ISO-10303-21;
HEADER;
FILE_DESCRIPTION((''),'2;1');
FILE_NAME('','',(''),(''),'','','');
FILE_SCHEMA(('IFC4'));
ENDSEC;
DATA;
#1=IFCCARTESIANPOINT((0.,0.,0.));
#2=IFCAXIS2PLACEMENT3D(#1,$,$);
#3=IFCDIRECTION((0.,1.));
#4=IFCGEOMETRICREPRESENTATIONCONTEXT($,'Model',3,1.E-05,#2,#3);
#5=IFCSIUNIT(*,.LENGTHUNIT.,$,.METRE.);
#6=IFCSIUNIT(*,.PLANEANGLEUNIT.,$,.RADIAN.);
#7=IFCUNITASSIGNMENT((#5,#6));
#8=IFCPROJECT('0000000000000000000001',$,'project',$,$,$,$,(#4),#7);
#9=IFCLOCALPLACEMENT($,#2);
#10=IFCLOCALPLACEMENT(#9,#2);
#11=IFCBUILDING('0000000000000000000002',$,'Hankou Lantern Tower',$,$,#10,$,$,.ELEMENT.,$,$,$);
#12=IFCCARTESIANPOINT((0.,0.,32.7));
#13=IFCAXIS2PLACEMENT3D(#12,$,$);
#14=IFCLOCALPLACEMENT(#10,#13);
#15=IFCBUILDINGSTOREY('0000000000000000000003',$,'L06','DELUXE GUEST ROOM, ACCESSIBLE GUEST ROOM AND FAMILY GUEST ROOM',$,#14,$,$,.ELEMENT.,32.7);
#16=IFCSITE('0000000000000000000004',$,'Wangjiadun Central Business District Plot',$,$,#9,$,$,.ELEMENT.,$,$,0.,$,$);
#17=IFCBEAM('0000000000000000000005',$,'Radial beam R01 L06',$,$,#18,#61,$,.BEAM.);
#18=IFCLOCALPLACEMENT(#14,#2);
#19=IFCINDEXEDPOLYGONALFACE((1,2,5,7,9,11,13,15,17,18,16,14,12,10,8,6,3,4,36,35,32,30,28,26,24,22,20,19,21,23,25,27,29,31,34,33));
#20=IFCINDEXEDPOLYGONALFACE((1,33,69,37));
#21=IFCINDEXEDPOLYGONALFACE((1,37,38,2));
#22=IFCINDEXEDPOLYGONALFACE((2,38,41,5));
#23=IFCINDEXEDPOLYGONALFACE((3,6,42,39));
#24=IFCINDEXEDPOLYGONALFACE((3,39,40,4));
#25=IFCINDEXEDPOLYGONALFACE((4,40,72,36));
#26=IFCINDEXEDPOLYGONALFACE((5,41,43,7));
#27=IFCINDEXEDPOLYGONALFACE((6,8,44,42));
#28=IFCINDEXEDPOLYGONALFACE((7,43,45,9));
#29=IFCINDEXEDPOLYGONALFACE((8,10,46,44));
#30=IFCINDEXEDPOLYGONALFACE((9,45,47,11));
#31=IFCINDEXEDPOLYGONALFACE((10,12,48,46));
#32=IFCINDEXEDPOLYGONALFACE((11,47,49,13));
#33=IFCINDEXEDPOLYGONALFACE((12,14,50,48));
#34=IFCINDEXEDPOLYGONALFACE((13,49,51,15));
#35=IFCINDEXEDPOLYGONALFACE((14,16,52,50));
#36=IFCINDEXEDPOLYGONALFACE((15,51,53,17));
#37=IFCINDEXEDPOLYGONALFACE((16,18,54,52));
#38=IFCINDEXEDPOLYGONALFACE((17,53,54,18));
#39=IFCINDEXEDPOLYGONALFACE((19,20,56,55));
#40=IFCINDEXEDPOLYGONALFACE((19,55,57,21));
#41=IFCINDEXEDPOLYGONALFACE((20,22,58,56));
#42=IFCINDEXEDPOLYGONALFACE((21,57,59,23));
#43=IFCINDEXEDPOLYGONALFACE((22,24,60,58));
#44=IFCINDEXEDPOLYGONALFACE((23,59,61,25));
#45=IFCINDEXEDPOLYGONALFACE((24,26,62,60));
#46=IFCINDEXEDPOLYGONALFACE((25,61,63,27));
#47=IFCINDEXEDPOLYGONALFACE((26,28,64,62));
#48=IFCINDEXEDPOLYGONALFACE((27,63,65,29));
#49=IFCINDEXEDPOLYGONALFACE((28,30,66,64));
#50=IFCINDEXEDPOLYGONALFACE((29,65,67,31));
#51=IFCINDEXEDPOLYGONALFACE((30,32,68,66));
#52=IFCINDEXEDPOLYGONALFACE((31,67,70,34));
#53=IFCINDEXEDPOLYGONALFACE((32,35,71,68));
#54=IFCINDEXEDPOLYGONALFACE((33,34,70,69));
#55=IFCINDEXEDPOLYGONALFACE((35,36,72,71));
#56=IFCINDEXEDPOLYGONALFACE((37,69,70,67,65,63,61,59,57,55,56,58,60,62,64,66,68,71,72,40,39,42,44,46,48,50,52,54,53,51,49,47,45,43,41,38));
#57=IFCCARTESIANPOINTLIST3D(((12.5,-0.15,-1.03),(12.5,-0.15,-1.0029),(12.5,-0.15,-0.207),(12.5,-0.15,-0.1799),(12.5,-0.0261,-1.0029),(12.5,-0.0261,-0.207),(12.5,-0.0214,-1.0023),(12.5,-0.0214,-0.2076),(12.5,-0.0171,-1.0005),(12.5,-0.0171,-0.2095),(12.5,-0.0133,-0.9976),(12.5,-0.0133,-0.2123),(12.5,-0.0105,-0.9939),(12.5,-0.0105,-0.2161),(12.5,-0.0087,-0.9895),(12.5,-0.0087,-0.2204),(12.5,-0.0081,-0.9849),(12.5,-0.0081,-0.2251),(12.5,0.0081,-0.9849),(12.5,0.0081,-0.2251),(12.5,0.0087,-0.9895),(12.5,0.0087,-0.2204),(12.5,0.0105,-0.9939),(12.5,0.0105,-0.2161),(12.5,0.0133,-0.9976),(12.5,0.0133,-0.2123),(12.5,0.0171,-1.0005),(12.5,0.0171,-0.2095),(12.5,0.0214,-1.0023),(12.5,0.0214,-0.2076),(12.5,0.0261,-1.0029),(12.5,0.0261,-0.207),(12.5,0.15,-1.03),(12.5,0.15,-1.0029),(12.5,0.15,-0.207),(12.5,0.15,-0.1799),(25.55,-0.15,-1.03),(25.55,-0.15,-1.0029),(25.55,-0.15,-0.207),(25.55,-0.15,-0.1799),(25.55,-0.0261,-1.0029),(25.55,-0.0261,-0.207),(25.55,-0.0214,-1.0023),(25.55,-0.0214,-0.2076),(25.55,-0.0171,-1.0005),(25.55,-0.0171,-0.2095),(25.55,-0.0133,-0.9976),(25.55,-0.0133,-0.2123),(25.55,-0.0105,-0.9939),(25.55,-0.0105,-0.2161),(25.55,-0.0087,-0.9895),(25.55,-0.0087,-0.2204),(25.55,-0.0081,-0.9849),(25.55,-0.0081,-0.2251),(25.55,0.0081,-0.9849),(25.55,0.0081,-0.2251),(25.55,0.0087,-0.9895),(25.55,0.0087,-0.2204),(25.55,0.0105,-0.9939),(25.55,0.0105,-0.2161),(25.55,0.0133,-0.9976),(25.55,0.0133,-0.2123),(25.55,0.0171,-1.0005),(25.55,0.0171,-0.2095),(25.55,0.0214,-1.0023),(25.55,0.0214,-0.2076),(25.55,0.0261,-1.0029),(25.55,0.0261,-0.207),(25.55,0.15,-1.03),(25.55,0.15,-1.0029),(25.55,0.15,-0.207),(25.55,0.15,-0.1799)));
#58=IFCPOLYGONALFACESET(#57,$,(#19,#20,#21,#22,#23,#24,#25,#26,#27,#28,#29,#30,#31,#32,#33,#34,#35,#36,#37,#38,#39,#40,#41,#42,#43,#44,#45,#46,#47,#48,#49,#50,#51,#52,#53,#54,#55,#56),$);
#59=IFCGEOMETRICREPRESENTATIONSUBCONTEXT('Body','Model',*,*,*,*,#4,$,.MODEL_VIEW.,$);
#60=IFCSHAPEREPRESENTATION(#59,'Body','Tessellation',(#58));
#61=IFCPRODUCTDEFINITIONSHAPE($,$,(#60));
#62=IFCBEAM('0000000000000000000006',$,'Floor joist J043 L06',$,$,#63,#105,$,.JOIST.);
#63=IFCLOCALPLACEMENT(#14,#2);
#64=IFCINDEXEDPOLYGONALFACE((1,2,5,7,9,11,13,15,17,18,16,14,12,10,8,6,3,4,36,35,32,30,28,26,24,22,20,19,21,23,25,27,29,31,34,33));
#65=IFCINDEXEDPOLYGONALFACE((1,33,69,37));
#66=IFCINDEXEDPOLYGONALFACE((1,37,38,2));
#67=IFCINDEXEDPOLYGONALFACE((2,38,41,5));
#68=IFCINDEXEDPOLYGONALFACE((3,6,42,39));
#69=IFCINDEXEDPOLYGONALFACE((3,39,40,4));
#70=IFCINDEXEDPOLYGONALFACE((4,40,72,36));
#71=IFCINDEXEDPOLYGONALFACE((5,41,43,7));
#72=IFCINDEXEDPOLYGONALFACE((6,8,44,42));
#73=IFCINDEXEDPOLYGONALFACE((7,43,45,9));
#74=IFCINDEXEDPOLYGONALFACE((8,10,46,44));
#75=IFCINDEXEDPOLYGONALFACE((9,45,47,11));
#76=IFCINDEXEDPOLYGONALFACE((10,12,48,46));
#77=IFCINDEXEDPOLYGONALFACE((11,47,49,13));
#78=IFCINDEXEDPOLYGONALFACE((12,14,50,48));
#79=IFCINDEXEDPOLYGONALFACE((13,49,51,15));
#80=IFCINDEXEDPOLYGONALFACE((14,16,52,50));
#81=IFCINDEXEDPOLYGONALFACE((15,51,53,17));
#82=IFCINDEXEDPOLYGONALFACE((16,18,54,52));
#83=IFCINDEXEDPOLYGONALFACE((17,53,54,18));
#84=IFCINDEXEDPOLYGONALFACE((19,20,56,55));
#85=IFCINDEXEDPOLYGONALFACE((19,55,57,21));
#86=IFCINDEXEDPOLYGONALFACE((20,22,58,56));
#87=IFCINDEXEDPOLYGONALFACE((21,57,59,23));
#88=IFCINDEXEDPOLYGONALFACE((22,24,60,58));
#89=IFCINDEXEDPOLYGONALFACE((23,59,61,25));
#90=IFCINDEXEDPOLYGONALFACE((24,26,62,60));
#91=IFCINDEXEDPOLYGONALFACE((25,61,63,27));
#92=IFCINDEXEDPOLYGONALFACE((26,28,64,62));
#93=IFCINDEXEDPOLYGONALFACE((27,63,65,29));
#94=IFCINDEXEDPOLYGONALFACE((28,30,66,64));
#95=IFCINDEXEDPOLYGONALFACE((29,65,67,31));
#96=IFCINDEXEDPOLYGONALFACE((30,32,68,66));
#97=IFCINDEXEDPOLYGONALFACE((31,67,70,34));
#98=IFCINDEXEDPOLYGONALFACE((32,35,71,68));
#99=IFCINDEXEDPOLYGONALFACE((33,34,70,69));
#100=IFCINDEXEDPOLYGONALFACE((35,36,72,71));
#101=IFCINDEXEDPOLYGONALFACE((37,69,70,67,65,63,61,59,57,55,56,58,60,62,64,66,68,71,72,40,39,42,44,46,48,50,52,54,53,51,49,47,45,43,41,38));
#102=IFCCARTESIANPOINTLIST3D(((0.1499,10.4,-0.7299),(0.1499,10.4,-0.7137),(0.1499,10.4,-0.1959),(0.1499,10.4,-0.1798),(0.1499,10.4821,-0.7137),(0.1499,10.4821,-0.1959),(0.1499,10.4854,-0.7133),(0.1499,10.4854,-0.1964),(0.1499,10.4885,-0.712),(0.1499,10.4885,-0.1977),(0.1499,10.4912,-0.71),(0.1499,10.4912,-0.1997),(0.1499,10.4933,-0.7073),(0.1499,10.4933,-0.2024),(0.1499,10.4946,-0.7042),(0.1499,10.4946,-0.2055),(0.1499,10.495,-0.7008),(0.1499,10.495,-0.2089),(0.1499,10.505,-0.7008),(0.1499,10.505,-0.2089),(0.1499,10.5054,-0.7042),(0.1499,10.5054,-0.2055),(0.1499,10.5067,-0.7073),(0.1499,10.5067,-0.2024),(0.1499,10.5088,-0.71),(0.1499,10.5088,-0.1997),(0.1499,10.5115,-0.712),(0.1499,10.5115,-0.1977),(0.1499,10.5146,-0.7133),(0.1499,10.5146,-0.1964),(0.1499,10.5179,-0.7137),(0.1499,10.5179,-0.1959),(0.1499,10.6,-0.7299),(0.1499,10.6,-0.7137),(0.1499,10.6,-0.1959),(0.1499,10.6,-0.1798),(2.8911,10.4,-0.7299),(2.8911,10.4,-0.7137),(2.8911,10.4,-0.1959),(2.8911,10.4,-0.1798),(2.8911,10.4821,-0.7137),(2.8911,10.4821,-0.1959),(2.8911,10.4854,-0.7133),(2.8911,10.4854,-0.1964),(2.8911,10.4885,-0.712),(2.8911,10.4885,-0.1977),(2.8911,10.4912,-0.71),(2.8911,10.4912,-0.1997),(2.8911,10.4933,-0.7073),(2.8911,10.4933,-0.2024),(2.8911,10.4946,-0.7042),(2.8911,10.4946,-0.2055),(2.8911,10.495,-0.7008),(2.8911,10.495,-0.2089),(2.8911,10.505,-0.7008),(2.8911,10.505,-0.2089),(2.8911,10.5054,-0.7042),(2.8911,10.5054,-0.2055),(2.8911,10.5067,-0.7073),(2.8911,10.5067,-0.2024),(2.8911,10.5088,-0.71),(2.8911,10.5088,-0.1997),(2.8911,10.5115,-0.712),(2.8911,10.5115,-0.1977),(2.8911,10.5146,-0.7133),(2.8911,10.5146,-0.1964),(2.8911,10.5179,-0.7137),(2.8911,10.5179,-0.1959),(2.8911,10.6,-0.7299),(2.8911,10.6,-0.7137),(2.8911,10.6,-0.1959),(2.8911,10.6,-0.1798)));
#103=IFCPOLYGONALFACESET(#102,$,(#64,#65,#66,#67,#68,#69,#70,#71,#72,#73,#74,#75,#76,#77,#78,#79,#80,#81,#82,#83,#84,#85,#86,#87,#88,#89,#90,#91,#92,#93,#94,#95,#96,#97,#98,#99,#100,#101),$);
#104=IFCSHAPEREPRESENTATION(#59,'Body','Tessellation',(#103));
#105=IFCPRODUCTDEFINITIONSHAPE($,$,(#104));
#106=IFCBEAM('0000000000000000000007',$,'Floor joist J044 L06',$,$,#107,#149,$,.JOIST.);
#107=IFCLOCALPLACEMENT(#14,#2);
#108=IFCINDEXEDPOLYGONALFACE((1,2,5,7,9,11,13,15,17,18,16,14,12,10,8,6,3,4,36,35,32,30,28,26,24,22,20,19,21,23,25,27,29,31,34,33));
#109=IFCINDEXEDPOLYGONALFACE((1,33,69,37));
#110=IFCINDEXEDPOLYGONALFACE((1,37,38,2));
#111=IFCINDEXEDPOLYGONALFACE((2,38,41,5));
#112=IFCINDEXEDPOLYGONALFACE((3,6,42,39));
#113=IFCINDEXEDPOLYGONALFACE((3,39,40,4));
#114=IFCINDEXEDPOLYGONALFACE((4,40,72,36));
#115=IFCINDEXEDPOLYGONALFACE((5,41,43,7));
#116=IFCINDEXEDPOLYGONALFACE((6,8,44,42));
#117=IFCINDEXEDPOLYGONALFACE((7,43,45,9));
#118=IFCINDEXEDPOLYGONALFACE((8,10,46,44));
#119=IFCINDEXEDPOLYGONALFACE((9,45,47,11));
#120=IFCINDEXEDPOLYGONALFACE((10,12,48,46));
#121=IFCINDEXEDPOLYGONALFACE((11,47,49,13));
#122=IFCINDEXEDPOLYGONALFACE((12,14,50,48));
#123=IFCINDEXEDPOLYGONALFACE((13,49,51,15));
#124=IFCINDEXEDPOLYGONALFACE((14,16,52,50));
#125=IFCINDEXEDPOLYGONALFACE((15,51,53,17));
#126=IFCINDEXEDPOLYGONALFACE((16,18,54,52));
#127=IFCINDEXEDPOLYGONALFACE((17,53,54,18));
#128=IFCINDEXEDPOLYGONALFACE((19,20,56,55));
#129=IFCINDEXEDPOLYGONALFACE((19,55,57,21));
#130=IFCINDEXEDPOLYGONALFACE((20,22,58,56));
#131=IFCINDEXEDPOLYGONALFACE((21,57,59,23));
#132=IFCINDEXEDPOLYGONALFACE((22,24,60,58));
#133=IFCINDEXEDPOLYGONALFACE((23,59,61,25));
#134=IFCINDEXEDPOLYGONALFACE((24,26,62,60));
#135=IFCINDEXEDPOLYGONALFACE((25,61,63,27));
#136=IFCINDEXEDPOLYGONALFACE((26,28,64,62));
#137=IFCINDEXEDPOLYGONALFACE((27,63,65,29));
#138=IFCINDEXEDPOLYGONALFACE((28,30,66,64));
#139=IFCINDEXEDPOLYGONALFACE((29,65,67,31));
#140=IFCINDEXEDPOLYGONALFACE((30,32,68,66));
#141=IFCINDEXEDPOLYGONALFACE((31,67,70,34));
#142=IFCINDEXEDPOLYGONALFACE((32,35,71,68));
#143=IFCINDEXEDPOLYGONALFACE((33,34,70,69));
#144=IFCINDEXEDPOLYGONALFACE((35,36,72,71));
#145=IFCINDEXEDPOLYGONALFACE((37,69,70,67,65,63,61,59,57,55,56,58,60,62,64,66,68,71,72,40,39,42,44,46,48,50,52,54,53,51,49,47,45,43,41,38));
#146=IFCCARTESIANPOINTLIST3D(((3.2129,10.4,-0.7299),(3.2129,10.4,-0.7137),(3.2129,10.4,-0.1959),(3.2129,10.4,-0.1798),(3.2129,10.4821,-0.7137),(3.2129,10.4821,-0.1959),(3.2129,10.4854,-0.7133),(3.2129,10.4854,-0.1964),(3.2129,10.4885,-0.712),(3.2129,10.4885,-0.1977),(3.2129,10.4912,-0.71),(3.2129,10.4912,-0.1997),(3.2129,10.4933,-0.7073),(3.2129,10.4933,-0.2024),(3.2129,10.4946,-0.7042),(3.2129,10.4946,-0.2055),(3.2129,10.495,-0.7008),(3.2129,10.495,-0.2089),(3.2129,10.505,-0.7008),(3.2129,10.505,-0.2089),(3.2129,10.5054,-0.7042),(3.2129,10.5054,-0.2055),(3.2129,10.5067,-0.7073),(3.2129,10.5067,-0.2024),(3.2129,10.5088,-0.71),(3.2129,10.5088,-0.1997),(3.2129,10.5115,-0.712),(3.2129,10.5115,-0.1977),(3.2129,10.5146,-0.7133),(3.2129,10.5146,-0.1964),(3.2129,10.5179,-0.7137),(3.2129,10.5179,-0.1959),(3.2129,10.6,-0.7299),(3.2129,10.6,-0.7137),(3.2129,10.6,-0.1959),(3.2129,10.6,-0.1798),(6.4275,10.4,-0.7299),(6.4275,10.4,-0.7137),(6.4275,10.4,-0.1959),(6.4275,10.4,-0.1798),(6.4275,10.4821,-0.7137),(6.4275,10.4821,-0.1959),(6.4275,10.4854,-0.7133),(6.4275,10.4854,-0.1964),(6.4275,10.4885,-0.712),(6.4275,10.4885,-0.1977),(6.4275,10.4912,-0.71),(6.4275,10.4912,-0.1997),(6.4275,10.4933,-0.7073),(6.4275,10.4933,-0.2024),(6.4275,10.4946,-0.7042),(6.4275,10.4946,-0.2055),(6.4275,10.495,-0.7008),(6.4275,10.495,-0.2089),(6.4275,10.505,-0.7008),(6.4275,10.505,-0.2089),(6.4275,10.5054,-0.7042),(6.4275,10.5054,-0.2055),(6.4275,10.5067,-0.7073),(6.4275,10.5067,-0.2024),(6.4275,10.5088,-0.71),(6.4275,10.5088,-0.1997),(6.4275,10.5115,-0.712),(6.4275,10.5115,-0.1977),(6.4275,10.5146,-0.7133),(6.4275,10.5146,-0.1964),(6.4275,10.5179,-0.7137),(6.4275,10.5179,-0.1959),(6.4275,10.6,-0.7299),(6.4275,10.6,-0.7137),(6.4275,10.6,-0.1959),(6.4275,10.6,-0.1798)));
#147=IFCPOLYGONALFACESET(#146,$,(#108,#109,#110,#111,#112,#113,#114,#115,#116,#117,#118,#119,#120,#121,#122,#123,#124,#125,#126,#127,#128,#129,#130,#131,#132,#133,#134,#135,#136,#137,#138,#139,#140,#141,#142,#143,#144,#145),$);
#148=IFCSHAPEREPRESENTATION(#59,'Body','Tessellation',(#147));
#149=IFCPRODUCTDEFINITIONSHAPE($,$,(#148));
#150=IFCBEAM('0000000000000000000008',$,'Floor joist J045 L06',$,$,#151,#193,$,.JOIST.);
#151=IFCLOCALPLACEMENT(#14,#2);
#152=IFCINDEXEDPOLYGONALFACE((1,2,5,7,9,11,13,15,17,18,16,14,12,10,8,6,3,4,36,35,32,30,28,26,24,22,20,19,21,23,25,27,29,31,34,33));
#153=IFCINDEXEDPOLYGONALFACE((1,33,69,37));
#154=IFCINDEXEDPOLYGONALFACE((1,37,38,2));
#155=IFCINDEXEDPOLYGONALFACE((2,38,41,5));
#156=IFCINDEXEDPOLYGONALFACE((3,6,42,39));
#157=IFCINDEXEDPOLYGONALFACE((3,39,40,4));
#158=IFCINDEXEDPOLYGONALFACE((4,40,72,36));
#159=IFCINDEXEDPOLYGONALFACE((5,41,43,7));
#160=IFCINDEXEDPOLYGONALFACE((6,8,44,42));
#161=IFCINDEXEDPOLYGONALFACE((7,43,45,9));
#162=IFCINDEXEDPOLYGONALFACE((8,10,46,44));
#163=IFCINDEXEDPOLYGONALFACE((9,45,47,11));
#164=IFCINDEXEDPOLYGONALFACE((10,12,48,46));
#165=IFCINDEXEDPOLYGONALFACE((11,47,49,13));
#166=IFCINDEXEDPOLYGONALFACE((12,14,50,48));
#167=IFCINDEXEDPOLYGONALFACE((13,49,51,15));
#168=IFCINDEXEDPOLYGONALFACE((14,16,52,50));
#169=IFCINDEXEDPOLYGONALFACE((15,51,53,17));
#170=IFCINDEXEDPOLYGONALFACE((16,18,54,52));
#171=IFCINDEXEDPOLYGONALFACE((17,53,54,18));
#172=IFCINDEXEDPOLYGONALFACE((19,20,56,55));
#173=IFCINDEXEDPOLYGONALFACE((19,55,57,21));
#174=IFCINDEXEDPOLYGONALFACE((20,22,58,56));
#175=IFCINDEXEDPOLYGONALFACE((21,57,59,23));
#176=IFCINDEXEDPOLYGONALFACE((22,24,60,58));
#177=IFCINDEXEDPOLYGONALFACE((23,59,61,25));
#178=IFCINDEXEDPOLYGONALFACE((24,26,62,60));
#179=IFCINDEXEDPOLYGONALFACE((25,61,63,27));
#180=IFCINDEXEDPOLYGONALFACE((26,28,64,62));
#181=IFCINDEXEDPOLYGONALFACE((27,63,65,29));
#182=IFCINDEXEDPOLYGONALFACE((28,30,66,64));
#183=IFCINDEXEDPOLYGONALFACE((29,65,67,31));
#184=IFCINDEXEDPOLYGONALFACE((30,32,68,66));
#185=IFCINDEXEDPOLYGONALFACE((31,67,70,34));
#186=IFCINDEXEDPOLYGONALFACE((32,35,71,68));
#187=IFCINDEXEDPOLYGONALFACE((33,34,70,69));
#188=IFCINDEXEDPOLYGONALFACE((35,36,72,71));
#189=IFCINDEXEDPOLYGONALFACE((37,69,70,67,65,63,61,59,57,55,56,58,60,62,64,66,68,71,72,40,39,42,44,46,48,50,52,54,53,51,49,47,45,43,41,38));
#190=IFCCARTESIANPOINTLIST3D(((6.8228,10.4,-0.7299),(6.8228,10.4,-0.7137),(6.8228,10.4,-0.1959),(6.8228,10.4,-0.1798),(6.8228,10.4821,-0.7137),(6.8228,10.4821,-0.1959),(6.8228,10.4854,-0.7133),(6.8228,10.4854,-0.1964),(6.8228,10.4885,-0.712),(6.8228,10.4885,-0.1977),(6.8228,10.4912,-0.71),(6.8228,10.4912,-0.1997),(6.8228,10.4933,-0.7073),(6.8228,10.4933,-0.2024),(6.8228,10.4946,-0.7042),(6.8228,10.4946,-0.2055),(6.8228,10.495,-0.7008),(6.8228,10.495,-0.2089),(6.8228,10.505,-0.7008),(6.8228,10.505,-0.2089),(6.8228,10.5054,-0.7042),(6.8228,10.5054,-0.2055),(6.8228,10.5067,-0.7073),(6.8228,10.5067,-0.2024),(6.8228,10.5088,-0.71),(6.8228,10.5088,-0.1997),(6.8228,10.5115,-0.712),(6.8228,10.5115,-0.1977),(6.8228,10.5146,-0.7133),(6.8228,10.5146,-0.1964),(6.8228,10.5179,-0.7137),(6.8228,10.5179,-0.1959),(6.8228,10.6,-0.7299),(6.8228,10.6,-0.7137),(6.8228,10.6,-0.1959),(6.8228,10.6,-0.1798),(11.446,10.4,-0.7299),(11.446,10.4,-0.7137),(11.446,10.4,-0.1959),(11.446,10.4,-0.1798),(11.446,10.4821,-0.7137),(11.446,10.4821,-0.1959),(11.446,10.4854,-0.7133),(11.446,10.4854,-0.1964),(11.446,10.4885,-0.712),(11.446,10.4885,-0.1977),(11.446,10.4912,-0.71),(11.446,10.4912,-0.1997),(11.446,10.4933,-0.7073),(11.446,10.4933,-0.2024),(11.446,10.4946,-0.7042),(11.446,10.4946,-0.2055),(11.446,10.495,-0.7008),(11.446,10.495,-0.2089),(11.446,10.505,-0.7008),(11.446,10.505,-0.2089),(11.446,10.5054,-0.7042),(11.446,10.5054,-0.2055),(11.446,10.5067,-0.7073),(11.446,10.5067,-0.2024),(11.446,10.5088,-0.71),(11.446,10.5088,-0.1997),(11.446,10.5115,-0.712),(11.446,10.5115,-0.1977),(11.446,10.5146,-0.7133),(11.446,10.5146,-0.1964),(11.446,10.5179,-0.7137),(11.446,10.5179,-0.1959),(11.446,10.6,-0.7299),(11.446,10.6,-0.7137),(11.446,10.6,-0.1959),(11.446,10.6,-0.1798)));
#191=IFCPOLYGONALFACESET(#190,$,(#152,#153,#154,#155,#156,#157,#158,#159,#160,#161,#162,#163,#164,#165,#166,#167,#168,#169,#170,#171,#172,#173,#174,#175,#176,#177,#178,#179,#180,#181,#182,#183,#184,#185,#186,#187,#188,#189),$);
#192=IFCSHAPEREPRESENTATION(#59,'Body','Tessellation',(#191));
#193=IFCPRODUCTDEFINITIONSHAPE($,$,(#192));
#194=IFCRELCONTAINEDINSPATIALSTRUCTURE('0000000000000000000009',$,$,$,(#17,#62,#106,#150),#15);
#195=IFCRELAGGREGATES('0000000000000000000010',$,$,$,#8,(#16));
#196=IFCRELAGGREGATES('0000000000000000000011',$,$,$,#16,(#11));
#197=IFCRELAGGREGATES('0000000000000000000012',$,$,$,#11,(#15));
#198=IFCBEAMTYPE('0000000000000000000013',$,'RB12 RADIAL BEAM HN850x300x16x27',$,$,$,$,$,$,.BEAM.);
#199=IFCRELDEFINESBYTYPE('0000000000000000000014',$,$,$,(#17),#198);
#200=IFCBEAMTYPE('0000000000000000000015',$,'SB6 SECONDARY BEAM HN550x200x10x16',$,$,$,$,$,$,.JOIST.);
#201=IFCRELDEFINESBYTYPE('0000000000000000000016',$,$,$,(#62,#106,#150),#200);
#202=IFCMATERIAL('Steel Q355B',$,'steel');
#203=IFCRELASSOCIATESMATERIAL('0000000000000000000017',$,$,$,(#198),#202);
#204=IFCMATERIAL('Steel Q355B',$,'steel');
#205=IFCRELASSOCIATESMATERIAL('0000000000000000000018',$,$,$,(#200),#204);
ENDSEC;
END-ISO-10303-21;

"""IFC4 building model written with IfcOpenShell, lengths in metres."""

from ifc_helpers import new_model, si_unit, direction, frame, origin, origin_2d, place, context, subcontext, project, spatial, i_section, extrude, material, material_profile, profile_set, type_object, element, save


model = new_model("IFC4")

# Units and contexts
model_context = context("Model", 3, precision=1e-05, world=origin(), true_north=direction((0.0, 1.0)))
body_context = subcontext(model_context, "Body", "Model", "MODEL_VIEW")
ifc_project = project(units=[si_unit("LENGTHUNIT", "METRE"), si_unit("PLANEANGLEUNIT", "RADIAN")], contexts=[model_context])

# Site, building, storey
site_placement = place(None, origin())
site = spatial("IfcSite", under=ifc_project, at=site_placement, Name="Wangjiadun Central Business District Plot", CompositionType="ELEMENT", RefElevation=0.0)
building_placement = place(site_placement, origin())
building = spatial("IfcBuilding", under=site, at=building_placement, Name="Hankou Lantern Tower", CompositionType="ELEMENT")
storey_placement = place(building_placement, frame((0.0, 0.0, 32.7)))
storey = spatial("IfcBuildingStorey", under=building, at=storey_placement, Name="L06", Description="DELUXE GUEST ROOM, ACCESSIBLE GUEST ROOM AND FAMILY GUEST ROOM", CompositionType="ELEMENT", Elevation=32.7)

# Beams
ifc_material_1 = material(Name="Steel Q355B", Category="steel")
ifc_material_profile_1 = material_profile(ifc_material_1, i_section(OverallWidth=0.3, OverallDepth=0.8501, WebThickness=0.0161, FlangeThickness=0.0271, FilletRadius=0.0181, at=origin_2d()), Name="HN850x300x16x27")
ifc_profile_set_1 = profile_set([ifc_material_profile_1], Name="Steel Q355B")
beam_type_1 = type_object("IfcBeamType", Name="RB12 RADIAL BEAM HN850x300x16x27", PredefinedType="BEAM", material=ifc_profile_set_1)
beam_1_placement = place(storey_placement, frame((12.5, 0.0, -0.605), z_axis=(1.0, 0.0, 0.0), x_axis=(0.0, 1.0, 0.0)))
element("IfcBeam", 1, at=beam_1_placement, inside=storey, type_object=beam_type_1, Name="Radial beam R01 L06", PredefinedType="BEAM", context=body_context, shape_type="SweptSolid", body=[
    extrude(i_section(OverallWidth=0.3, OverallDepth=0.8501, WebThickness=0.0161, FlangeThickness=0.0271, FilletRadius=0.0181, at=origin_2d()), origin(), (0.0, 0.0, 1.0), 13.05),
])
ifc_material_2 = material(Name="Steel Q355B", Category="steel")
ifc_material_profile_2 = material_profile(ifc_material_2, i_section(OverallWidth=0.2, OverallDepth=0.55, WebThickness=0.01, FlangeThickness=0.0161, FilletRadius=0.0129, at=origin_2d()), Name="HN550x200x10x16")
ifc_profile_set_2 = profile_set([ifc_material_profile_2], Name="Steel Q355B")
beam_type_2 = type_object("IfcBeamType", Name="SB6 SECONDARY BEAM HN550x200x10x16", PredefinedType="JOIST", material=ifc_profile_set_2)
beam_2_placement = place(storey_placement, frame((0.1499, 10.5, -0.4548), z_axis=(1.0, 0.0, 0.0), x_axis=(0.0, 1.0, 0.0)))
element("IfcBeam", 2, at=beam_2_placement, inside=storey, type_object=beam_type_2, Name="Floor joist J043 L06", PredefinedType="JOIST", context=body_context, shape_type="SweptSolid", body=[
    extrude(i_section(OverallWidth=0.2, OverallDepth=0.55, WebThickness=0.01, FlangeThickness=0.0161, FilletRadius=0.0129, at=origin_2d()), origin(), (0.0, 0.0, 1.0), 2.7412),
])
beam_3_placement = place(storey_placement, frame((3.2129, 10.5, -0.4548), z_axis=(1.0, 0.0, 0.0), x_axis=(0.0, 1.0, 0.0)))
element("IfcBeam", 3, at=beam_3_placement, inside=storey, type_object=beam_type_2, Name="Floor joist J044 L06", PredefinedType="JOIST", context=body_context, shape_type="SweptSolid", body=[
    extrude(i_section(OverallWidth=0.2, OverallDepth=0.55, WebThickness=0.01, FlangeThickness=0.0161, FilletRadius=0.0129, at=origin_2d()), origin(), (0.0, 0.0, 1.0), 3.2146),
])
beam_4_placement = place(storey_placement, frame((6.8228, 10.5, -0.4548), z_axis=(1.0, 0.0, 0.0), x_axis=(0.0, 1.0, 0.0)))
element("IfcBeam", 4, at=beam_4_placement, inside=storey, type_object=beam_type_2, Name="Floor joist J045 L06", PredefinedType="JOIST", context=body_context, shape_type="SweptSolid", body=[
    extrude(i_section(OverallWidth=0.2, OverallDepth=0.55, WebThickness=0.01, FlangeThickness=0.0161, FilletRadius=0.0129, at=origin_2d()), origin(), (0.0, 0.0, 1.0), 4.6233),
])

save(model, "model.ifc")
